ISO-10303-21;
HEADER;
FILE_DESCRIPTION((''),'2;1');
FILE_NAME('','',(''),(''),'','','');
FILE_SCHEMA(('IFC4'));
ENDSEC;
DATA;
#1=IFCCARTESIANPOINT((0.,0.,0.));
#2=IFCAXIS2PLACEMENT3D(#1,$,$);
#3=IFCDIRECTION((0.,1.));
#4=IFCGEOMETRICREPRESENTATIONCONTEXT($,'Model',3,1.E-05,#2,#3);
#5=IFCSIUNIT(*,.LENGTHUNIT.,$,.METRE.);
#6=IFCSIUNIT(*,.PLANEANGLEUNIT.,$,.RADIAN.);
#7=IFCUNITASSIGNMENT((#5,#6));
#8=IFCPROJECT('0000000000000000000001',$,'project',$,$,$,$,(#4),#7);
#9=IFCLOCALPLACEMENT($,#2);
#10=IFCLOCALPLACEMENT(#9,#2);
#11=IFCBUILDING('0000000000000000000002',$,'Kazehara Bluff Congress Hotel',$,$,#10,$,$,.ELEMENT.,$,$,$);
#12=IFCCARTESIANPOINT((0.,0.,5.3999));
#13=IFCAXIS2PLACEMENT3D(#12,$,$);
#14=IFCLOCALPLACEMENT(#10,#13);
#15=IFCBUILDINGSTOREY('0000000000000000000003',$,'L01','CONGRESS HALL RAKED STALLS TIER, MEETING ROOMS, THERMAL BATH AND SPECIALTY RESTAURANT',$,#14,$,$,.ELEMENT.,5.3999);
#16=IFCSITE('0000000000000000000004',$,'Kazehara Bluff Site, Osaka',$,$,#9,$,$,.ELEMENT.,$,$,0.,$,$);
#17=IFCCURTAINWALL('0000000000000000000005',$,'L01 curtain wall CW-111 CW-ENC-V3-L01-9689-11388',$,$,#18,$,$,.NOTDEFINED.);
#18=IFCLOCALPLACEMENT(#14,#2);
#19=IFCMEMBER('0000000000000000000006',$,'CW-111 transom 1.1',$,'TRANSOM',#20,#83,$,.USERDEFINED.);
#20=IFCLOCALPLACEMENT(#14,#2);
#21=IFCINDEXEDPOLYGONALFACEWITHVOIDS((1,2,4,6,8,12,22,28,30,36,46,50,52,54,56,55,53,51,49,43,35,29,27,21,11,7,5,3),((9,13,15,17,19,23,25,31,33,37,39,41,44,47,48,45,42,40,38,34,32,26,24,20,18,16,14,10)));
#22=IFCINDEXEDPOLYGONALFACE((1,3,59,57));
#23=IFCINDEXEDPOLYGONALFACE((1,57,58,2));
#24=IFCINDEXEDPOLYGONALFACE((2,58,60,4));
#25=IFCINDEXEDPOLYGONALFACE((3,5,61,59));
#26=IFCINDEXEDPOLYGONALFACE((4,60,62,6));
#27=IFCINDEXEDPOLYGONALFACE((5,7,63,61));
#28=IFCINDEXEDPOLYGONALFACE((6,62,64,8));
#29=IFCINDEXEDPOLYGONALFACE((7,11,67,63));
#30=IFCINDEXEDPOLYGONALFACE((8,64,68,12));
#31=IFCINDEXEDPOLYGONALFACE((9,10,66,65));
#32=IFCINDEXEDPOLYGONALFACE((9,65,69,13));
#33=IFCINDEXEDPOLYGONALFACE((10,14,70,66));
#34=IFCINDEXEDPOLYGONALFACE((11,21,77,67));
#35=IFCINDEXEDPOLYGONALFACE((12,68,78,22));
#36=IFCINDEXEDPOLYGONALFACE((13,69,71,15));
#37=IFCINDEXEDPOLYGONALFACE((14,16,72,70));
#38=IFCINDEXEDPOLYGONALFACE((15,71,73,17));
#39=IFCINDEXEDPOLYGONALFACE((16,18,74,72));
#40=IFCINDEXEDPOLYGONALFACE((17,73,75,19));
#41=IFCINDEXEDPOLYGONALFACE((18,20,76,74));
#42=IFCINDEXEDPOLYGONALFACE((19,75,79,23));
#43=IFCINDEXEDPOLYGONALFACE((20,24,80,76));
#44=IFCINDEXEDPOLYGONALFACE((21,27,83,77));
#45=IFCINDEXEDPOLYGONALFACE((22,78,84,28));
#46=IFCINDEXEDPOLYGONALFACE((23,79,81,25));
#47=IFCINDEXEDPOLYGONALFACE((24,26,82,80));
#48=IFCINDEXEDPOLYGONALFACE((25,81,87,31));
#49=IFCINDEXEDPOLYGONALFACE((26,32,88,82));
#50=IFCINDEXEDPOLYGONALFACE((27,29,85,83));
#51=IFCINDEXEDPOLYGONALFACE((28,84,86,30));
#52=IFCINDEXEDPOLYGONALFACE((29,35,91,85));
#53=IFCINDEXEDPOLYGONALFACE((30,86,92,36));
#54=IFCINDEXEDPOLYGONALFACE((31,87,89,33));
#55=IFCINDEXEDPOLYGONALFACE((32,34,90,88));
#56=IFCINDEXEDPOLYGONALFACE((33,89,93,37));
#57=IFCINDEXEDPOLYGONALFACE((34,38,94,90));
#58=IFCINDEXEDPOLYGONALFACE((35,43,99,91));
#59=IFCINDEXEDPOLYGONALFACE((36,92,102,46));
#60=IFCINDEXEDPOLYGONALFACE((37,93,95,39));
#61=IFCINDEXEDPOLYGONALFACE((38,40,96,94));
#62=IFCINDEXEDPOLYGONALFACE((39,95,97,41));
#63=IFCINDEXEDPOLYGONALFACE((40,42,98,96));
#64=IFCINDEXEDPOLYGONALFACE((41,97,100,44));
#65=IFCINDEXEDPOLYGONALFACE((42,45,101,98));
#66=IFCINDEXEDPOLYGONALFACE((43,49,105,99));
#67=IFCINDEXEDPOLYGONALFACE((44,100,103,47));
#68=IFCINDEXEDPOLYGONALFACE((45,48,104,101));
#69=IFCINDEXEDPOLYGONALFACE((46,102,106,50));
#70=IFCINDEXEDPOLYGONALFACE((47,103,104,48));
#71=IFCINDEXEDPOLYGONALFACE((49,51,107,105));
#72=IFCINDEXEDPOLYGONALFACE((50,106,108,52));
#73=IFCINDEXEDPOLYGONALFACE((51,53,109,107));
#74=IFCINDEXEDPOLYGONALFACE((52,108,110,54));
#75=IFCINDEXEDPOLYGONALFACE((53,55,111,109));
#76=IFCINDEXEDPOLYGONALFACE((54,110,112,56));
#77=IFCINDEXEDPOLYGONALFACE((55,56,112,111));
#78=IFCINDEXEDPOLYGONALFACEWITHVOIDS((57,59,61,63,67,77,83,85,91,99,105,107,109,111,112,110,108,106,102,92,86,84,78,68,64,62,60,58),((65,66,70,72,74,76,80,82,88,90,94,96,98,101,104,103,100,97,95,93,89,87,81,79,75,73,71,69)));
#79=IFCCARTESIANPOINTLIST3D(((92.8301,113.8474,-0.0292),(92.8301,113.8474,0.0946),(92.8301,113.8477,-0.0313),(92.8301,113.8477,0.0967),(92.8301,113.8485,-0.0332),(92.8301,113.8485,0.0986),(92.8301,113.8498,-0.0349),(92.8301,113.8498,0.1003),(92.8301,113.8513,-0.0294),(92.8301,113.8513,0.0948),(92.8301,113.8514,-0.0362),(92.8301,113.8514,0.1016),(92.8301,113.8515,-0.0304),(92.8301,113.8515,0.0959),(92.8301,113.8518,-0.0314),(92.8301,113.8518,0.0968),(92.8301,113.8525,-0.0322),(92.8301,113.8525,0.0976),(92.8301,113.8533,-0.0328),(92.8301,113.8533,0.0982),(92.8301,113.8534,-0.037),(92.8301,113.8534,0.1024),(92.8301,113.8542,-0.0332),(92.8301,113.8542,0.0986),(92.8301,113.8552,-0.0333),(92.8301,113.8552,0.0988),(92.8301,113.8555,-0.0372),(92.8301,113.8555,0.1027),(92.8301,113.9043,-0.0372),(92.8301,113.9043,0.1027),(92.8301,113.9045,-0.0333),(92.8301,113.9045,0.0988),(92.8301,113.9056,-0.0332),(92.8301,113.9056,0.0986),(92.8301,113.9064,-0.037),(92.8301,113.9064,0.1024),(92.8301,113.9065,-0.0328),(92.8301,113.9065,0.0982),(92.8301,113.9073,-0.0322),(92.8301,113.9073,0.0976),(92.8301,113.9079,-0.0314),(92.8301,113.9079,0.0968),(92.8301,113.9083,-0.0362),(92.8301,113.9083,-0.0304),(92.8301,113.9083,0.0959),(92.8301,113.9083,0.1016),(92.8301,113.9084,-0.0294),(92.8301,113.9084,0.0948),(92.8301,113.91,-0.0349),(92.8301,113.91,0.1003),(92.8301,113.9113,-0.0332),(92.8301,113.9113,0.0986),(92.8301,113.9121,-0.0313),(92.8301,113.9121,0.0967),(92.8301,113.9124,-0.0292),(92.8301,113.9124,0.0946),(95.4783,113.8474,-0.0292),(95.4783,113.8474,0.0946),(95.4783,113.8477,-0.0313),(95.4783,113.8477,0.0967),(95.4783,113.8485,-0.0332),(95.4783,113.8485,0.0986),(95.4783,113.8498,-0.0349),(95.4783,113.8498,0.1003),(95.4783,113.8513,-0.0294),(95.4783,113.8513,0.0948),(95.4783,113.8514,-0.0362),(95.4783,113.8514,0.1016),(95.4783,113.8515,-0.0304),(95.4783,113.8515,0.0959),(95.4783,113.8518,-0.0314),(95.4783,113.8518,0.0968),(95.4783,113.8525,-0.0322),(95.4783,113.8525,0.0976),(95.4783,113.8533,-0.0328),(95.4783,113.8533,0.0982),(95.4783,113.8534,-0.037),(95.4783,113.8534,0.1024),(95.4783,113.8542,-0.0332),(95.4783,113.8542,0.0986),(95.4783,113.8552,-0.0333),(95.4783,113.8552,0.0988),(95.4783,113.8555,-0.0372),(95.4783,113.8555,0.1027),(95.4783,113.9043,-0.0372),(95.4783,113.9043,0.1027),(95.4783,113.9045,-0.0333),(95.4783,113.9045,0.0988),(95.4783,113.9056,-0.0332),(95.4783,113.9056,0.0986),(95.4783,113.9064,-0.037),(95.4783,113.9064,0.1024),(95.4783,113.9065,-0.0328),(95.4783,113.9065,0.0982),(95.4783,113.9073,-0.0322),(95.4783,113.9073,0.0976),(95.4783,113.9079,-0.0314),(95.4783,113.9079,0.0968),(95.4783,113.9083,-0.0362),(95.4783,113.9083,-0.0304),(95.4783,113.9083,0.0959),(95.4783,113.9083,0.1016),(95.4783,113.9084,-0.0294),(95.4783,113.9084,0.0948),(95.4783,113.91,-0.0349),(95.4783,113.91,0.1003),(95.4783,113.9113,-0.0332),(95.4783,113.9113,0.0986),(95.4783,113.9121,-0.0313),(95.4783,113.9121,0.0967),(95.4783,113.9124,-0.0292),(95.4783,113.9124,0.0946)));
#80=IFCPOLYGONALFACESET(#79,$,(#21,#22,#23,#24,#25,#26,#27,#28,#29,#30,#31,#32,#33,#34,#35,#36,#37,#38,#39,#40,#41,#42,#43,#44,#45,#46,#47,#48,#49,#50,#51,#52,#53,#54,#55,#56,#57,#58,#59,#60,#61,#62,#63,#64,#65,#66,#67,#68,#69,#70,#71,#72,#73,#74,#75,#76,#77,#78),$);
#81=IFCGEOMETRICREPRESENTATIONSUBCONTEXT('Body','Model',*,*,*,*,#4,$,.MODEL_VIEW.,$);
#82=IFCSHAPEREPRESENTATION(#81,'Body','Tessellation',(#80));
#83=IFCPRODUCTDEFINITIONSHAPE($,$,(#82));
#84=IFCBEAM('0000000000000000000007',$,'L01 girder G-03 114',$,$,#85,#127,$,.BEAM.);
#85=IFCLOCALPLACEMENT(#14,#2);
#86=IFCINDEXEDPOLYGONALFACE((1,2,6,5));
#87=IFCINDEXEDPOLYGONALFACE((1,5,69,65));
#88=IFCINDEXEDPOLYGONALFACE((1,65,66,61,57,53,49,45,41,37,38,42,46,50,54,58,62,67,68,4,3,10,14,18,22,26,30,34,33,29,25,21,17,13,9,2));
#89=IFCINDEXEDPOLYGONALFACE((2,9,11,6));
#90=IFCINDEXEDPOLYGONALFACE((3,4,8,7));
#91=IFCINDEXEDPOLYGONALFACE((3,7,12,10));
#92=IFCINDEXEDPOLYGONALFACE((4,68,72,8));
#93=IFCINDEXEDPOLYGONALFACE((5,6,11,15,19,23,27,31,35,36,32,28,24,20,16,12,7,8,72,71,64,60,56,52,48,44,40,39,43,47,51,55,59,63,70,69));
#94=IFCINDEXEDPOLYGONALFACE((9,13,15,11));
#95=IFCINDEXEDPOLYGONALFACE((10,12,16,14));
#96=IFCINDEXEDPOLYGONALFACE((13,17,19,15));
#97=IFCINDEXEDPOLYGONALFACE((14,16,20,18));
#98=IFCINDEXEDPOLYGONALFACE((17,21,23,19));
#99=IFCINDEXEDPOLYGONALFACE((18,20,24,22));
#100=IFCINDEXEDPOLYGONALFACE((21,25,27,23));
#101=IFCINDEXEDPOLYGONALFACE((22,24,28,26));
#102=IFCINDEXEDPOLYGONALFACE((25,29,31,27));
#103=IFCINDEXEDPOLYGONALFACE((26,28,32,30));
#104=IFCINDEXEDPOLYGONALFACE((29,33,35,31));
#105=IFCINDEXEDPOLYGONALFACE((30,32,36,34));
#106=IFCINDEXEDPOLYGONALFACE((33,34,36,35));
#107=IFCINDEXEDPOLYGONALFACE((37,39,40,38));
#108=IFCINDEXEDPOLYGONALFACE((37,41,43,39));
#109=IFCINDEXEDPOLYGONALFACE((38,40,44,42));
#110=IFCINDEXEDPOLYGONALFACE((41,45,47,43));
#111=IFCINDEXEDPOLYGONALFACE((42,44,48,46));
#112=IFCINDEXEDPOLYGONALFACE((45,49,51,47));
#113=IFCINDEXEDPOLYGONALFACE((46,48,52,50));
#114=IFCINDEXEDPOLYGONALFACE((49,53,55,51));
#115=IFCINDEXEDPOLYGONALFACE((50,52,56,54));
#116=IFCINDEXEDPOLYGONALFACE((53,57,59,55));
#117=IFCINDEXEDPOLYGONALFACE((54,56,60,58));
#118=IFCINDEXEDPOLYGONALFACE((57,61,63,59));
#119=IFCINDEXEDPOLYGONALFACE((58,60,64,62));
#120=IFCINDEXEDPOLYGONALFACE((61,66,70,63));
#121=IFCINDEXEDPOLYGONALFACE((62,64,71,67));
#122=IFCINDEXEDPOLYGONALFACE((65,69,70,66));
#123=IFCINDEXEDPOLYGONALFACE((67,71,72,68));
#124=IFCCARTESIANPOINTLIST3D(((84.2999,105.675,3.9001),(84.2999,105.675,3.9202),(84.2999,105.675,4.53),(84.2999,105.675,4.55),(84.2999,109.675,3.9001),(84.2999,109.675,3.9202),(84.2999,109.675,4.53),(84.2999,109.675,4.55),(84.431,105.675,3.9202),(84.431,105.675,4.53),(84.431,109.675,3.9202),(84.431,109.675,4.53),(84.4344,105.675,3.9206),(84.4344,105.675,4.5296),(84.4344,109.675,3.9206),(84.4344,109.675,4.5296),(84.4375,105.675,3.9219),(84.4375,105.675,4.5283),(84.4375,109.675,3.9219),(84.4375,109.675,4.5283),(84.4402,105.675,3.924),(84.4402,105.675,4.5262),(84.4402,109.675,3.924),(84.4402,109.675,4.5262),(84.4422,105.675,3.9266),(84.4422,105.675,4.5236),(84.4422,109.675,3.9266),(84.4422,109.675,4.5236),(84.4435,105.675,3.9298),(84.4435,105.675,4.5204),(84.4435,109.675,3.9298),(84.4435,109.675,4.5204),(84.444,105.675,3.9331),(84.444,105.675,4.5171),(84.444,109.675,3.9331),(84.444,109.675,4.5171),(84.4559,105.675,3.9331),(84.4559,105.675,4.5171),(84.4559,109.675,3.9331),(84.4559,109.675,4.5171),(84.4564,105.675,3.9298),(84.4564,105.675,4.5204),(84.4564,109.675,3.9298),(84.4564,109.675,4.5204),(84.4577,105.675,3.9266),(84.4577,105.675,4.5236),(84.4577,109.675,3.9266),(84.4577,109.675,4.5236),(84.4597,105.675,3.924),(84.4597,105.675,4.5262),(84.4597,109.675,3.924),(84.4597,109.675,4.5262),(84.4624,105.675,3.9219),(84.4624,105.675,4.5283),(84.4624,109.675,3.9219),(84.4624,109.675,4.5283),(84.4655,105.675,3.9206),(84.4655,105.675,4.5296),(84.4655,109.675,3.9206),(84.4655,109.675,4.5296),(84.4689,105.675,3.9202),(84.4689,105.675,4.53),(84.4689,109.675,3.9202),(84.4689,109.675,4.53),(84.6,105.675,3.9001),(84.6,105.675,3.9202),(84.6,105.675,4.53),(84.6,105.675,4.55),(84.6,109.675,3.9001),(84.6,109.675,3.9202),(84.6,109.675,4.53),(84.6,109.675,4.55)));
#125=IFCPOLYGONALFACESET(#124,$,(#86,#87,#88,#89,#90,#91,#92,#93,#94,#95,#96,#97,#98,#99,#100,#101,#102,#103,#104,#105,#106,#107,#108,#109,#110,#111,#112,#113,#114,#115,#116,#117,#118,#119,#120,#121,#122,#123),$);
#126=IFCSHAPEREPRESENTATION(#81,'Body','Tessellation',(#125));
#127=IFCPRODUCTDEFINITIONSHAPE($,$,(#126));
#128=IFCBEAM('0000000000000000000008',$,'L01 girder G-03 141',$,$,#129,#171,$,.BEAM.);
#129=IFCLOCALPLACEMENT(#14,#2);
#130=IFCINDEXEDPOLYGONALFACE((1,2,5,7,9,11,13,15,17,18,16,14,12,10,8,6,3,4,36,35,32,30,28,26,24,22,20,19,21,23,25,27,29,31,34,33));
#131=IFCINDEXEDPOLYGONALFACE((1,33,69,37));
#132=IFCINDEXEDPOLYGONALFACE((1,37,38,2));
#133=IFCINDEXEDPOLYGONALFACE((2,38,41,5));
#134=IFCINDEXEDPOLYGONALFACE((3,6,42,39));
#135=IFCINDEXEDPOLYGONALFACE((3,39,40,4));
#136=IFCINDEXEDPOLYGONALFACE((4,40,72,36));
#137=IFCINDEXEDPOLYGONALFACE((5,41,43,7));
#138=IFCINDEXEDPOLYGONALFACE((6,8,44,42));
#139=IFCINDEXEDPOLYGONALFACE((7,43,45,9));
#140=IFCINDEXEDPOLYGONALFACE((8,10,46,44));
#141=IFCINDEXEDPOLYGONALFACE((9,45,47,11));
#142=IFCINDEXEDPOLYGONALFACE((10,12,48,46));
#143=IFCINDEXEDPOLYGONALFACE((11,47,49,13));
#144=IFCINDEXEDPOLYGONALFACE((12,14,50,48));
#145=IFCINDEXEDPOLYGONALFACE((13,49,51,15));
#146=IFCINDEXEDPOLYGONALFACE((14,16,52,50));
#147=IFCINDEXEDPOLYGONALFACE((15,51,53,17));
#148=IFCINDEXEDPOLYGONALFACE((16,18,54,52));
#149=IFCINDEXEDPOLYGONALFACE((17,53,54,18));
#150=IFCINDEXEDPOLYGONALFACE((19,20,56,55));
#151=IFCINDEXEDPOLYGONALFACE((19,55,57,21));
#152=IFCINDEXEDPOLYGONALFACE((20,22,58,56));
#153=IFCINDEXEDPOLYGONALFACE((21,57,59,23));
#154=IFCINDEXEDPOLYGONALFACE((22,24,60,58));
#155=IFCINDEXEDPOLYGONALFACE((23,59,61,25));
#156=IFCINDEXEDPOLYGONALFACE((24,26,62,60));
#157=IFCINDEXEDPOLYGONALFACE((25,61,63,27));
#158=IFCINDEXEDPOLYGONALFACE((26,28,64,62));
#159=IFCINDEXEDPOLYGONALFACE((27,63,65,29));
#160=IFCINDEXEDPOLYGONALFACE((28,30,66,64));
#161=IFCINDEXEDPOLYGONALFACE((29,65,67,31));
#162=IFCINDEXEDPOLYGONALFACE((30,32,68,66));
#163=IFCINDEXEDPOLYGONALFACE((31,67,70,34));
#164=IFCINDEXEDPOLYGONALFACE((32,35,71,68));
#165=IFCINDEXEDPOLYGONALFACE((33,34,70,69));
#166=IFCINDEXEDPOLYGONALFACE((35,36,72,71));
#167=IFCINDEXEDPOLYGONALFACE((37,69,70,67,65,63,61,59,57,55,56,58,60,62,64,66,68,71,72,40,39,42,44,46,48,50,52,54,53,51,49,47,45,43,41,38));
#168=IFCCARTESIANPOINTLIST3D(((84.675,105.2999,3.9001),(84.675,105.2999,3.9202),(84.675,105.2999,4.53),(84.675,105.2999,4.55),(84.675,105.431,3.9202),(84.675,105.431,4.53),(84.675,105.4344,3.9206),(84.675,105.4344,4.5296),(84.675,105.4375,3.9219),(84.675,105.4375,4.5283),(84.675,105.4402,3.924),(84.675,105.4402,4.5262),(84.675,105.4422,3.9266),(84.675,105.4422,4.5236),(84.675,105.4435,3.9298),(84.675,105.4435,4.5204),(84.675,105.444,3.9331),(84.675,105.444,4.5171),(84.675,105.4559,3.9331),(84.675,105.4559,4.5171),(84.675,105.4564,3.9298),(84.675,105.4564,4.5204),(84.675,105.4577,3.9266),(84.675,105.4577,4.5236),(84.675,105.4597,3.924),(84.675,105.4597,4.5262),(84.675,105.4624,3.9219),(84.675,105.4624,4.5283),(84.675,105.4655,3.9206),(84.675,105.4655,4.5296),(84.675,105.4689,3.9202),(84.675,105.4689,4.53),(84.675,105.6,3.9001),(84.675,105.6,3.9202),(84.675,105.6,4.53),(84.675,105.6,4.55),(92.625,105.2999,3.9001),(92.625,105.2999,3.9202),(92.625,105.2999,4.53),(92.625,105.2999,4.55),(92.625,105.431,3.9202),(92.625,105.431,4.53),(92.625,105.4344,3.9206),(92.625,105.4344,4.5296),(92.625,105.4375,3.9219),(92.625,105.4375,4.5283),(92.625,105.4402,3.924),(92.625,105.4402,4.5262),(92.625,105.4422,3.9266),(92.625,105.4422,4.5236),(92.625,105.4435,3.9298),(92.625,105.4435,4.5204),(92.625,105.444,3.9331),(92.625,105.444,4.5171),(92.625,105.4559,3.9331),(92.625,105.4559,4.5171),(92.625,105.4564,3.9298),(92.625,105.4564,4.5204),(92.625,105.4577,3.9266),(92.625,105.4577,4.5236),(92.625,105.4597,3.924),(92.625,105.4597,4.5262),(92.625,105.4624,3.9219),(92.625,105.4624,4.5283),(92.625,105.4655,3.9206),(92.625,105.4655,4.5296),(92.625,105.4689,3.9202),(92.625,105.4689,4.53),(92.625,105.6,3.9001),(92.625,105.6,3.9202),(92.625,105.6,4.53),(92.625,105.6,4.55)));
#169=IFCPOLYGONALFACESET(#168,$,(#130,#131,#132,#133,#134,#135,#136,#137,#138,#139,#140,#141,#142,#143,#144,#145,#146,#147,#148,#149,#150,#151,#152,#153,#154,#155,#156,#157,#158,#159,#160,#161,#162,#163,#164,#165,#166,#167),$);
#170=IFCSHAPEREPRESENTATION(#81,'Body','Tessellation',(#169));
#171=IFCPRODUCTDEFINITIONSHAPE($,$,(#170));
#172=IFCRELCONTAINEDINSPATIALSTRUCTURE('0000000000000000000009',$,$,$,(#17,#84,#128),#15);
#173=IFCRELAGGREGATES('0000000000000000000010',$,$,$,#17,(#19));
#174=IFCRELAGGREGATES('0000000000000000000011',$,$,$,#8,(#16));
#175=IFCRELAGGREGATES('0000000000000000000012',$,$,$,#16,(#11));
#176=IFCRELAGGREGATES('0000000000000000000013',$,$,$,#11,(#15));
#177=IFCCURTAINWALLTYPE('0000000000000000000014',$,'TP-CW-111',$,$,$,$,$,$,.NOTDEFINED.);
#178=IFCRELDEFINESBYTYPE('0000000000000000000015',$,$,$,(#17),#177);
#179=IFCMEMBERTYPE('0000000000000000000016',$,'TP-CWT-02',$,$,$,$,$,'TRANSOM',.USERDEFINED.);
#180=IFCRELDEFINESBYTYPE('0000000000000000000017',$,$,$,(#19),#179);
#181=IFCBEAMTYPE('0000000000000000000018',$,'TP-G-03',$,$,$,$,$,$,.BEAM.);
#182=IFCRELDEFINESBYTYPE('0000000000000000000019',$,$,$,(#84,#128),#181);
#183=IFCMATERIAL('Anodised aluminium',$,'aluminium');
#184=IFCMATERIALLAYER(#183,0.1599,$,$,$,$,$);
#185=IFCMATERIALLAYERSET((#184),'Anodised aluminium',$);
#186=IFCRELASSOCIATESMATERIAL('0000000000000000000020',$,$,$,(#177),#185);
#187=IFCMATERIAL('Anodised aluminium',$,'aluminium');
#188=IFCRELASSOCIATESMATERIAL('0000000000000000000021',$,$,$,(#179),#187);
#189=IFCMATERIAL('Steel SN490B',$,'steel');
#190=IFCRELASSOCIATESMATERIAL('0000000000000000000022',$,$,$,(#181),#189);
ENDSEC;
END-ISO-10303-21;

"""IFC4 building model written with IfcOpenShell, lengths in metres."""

from ifc_helpers import new_model, si_unit, direction, frame, origin, origin_2d, place, context, subcontext, project, spatial, hollow_rectangle, i_section, extrude, material, layer, layer_set, material_profile, profile_set, type_object, element, aggregate, save


model = new_model("IFC4")

# Units and contexts
model_context = context("Model", 3, precision=1e-05, world=origin(), true_north=direction((0.0, 1.0)))
body_context = subcontext(model_context, "Body", "Model", "MODEL_VIEW")
ifc_project = project(units=[si_unit("LENGTHUNIT", "METRE"), si_unit("PLANEANGLEUNIT", "RADIAN")], contexts=[model_context])

# Site, building, storey
site_placement = place(None, origin())
site = spatial("IfcSite", under=ifc_project, at=site_placement, Name="Kazehara Bluff Site, Osaka", CompositionType="ELEMENT", RefElevation=0.0)
building_placement = place(site_placement, origin())
building = spatial("IfcBuilding", under=site, at=building_placement, Name="Kazehara Bluff Congress Hotel", CompositionType="ELEMENT")
storey_placement = place(building_placement, frame((0.0, 0.0, 5.3999)))
storey = spatial("IfcBuildingStorey", under=building, at=storey_placement, Name="L01", Description="CONGRESS HALL RAKED STALLS TIER, MEETING ROOMS, THERMAL BATH AND SPECIALTY RESTAURANT", CompositionType="ELEMENT", Elevation=5.3999)

# Curtain wall
ifc_material_1 = material(Name="Anodised aluminium", Category="aluminium")
ifc_layer_1 = layer(ifc_material_1, 0.1599)
ifc_layer_set_1 = layer_set([ifc_layer_1], Name="Anodised aluminium")
curtain_wall_type_1 = type_object("IfcCurtainWallType", Name="TP-CW-111", PredefinedType="NOTDEFINED", material=ifc_layer_set_1)
curtain_wall_1_placement = place(storey_placement, origin())
curtain_wall_1 = element("IfcCurtainWall", 1, at=curtain_wall_1_placement, inside=storey, type_object=curtain_wall_type_1, Name="L01 curtain wall CW-111 CW-ENC-V3-L01-9689-11388", PredefinedType="NOTDEFINED")

# Member
ifc_material_2 = material(Name="Anodised aluminium", Category="aluminium")
ifc_material_profile_1 = material_profile(ifc_material_2, hollow_rectangle(XDim=0.0649, YDim=0.1399, WallThickness=0.0039, InnerFilletRadius=0.0039, OuterFilletRadius=0.0081, at=origin_2d()))
ifc_profile_set_1 = profile_set([ifc_material_profile_1], Name="Anodised aluminium")
member_type_1 = type_object("IfcMemberType", Name="TP-CWT-02", ElementType="TRANSOM", PredefinedType="USERDEFINED", material=ifc_profile_set_1)
member_1_placement = place(storey_placement, frame((92.8301, 113.8799, 0.0327), z_axis=(1.0, 0.0, 0.0), x_axis=(0.0, 1.0, 0.0)))
member_1 = element("IfcMember", 2, at=member_1_placement, type_object=member_type_1, Name="CW-111 transom 1.1", ObjectType="TRANSOM", PredefinedType="USERDEFINED", context=body_context, shape_type="SweptSolid", body=[
    extrude(hollow_rectangle(XDim=0.0649, YDim=0.1399, WallThickness=0.0039, InnerFilletRadius=0.0039, OuterFilletRadius=0.0081, at=origin_2d()), origin(), (0.0, 0.0, 1.0), 2.6482),
])
aggregate(curtain_wall_1, [member_1])

# Beams
ifc_material_3 = material(Name="Steel SN490B", Category="steel")
ifc_material_profile_2 = material_profile(ifc_material_3, i_section(OverallWidth=0.3, OverallDepth=0.6499, WebThickness=0.012, FlangeThickness=0.02, FilletRadius=0.0129, at=origin_2d()))
ifc_profile_set_2 = profile_set([ifc_material_profile_2], Name="Steel SN490B")
beam_type_1 = type_object("IfcBeamType", Name="TP-G-03", PredefinedType="BEAM", material=ifc_profile_set_2)
beam_1_placement = place(storey_placement, frame((84.45, 105.675, 4.2251), z_axis=(0.0, 1.0, 0.0), x_axis=(-1.0, 0.0, 0.0)))
element("IfcBeam", 3, at=beam_1_placement, inside=storey, type_object=beam_type_1, Name="L01 girder G-03 114", PredefinedType="BEAM", context=body_context, shape_type="SweptSolid", body=[
    extrude(i_section(OverallWidth=0.3, OverallDepth=0.6499, WebThickness=0.012, FlangeThickness=0.02, FilletRadius=0.0129, at=origin_2d()), origin(), (0.0, 0.0, 1.0), 4.0),
])
for number, where, z_axis, x_axis, name in (
    (4, (84.675, 105.45, 4.2251), (1.0, 0.0, 0.0), (0.0, 1.0, 0.0), "L01 girder G-03 141"),
):
    element("IfcBeam", number, at=place(storey_placement, frame(where, z_axis=z_axis, x_axis=x_axis)), inside=storey, type_object=beam_type_1, Name=name, PredefinedType="BEAM", context=body_context, shape_type="SweptSolid", body=[
        extrude(i_section(OverallWidth=0.3, OverallDepth=0.6499, WebThickness=0.012, FlangeThickness=0.02, FilletRadius=0.0129, at=origin_2d()), origin(), (0.0, 0.0, 1.0), 7.95),
    ])

save(model, "model.ifc")
